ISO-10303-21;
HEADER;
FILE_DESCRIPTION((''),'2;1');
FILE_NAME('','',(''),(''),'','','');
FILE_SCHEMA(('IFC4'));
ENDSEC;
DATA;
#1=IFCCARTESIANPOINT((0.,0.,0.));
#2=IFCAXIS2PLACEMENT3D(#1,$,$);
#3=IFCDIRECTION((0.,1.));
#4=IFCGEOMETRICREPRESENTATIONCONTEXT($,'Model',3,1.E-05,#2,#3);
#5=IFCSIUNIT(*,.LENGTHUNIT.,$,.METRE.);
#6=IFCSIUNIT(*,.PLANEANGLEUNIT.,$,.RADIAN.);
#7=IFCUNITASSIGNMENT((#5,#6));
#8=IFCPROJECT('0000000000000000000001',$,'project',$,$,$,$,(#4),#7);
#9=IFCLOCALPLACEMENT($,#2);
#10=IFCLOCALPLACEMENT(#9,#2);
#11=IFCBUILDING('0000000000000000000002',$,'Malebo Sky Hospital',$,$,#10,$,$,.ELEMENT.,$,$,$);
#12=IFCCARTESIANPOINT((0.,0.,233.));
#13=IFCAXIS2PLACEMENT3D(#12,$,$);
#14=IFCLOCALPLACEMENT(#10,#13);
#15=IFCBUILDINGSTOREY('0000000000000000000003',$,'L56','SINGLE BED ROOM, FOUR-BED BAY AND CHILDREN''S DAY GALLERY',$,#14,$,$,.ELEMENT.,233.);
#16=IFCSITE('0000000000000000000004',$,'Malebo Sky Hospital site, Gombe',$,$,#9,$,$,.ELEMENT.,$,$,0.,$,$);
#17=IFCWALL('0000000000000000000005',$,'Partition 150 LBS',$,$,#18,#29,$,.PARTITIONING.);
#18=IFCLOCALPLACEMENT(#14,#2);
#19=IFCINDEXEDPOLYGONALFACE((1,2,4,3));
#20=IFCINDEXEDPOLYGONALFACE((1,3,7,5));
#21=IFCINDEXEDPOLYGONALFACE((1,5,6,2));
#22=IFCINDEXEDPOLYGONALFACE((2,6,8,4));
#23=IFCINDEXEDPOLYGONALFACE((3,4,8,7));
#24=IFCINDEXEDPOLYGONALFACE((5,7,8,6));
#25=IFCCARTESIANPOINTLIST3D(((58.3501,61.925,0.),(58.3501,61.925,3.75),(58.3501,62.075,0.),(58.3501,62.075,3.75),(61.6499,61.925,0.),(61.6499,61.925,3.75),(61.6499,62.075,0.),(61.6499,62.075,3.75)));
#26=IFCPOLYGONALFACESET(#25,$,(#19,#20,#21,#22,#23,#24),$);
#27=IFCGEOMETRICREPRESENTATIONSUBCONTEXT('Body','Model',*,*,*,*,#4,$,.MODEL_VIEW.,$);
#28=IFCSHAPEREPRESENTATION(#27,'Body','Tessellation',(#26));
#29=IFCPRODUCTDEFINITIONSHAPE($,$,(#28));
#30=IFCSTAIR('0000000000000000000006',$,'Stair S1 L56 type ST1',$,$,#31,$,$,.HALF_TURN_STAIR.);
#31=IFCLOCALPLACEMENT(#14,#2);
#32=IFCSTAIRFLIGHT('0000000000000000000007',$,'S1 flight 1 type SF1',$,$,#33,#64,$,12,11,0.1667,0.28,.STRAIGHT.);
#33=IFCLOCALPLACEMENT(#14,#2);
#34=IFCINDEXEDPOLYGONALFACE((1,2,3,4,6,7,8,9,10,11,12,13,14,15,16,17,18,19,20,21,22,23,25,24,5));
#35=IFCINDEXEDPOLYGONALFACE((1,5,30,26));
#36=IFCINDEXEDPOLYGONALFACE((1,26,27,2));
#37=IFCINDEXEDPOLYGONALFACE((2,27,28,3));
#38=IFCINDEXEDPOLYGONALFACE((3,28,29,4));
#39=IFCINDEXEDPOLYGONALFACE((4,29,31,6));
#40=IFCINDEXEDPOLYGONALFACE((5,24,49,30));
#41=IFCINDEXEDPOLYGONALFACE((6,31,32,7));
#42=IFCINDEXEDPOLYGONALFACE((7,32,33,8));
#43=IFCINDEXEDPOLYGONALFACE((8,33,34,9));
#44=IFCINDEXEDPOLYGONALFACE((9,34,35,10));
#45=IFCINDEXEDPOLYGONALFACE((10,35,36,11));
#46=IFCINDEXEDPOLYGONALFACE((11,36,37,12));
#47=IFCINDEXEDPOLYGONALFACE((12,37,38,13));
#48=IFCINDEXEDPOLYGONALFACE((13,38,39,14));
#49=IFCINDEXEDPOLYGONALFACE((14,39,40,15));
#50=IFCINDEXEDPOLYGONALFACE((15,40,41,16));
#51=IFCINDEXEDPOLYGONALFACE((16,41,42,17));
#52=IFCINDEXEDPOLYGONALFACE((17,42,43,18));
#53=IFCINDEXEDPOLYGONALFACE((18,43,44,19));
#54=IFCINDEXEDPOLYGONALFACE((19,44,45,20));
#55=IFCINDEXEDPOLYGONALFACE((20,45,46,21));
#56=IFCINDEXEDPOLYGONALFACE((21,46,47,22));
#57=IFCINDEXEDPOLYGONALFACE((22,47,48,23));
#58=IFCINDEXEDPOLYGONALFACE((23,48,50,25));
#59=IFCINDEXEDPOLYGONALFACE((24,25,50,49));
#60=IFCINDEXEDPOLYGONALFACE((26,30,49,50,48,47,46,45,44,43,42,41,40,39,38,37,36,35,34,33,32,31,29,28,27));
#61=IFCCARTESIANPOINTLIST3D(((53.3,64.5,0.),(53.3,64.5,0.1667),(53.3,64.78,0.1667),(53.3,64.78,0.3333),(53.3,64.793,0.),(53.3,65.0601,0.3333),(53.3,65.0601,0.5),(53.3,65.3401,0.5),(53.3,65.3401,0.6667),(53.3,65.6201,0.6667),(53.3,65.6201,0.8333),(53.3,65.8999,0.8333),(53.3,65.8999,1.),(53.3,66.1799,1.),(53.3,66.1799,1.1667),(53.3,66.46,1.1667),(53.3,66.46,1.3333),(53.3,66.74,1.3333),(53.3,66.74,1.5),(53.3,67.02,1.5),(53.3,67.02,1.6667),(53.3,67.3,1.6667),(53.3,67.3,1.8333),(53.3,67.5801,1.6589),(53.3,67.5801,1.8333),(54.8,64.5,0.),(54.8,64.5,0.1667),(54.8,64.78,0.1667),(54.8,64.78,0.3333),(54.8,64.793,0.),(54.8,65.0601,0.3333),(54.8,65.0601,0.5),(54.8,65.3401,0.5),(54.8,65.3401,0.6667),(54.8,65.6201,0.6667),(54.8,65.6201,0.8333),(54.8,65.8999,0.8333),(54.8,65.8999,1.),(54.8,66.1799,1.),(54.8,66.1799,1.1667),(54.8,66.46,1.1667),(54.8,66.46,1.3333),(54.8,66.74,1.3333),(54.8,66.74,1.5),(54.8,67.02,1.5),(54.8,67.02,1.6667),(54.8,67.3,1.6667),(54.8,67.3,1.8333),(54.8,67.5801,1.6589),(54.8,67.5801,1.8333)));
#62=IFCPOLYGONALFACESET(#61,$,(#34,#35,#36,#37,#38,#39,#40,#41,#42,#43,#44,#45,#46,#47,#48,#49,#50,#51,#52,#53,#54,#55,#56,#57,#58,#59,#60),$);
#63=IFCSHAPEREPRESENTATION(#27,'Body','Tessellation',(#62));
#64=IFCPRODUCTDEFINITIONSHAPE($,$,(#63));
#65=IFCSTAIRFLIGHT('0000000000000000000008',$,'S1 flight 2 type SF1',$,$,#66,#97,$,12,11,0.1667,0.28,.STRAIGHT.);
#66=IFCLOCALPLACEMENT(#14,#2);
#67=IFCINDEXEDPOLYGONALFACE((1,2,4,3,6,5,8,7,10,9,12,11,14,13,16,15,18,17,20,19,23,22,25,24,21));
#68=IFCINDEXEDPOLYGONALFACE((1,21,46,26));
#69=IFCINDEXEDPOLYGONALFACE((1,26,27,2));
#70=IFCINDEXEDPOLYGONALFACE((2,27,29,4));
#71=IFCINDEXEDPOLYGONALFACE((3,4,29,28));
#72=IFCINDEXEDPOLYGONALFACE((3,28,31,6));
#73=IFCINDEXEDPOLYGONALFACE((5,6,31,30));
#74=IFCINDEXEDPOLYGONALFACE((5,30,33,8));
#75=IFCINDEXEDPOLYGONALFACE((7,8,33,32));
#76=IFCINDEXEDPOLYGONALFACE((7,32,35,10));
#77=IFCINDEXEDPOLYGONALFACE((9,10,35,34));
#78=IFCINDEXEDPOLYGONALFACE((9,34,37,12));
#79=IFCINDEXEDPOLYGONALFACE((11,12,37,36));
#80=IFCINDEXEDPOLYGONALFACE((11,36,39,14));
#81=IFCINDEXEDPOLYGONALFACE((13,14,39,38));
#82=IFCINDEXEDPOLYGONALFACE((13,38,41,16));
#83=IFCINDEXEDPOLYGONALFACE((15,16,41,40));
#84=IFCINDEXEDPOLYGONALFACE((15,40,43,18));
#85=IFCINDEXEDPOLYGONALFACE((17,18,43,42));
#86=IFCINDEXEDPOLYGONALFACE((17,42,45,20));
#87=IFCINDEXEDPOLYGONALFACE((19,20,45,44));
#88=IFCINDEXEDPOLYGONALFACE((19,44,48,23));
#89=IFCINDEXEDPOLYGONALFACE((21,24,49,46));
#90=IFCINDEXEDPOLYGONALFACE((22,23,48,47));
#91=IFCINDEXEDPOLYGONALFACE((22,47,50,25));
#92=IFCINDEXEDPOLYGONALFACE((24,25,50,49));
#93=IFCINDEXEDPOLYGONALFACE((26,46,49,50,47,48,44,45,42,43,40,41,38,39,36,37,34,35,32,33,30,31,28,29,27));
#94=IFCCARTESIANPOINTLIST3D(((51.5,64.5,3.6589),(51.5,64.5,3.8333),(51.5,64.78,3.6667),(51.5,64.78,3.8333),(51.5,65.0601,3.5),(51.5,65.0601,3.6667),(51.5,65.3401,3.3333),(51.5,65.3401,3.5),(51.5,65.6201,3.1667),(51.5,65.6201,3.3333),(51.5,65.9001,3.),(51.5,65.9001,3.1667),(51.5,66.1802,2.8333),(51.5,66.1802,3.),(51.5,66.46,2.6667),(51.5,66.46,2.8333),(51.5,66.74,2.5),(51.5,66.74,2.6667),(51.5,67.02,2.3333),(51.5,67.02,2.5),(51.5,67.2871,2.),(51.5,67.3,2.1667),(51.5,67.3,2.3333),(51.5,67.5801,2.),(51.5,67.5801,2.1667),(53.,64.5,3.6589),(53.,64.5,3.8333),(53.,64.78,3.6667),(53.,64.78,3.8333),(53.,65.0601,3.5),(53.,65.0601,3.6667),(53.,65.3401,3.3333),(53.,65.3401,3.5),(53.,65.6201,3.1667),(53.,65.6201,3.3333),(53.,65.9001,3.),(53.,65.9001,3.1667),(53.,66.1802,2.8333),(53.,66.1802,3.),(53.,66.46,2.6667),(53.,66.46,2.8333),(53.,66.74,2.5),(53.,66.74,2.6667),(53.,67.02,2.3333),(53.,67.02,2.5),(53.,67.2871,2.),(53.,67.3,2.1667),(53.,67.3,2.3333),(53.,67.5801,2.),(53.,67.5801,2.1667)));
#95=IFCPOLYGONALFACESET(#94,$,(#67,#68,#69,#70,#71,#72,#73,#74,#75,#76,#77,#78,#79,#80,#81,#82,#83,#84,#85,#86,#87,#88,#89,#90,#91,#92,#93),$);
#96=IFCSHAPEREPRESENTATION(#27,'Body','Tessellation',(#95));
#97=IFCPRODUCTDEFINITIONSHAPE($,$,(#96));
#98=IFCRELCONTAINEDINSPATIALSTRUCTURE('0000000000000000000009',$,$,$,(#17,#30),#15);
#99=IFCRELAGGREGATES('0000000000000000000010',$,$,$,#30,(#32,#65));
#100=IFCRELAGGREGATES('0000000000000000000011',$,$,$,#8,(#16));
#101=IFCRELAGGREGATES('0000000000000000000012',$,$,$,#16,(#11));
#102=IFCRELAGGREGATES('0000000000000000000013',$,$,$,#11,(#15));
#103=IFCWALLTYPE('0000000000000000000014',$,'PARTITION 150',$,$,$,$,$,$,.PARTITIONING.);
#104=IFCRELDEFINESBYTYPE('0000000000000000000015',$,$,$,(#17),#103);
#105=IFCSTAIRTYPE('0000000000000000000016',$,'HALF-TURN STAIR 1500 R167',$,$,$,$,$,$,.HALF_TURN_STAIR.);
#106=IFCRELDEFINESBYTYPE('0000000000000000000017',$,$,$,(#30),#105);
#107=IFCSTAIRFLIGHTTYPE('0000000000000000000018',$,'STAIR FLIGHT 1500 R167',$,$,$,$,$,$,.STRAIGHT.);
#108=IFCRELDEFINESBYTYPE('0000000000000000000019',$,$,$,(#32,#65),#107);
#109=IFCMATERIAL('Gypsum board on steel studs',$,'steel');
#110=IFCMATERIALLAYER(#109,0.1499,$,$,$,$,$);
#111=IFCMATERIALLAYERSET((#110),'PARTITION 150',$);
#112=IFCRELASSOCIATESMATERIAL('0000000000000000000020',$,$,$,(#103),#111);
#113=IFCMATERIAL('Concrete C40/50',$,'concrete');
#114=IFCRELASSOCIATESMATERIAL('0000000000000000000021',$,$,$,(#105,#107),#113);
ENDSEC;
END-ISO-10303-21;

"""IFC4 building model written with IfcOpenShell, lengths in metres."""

from ifc_helpers import new_model, si_unit, direction, frame, frame_2d, origin, place, context, subcontext, project, spatial, polyline, rectangle, outline, extrude, material, layer, layer_set, type_object, element, aggregate, save


model = new_model("IFC4")

# Units and contexts
model_context = context("Model", 3, precision=1e-05, world=origin(), true_north=direction((0.0, 1.0)))
body_context = subcontext(model_context, "Body", "Model", "MODEL_VIEW")
ifc_project = project(units=[si_unit("LENGTHUNIT", "METRE"), si_unit("PLANEANGLEUNIT", "RADIAN")], contexts=[model_context])

# Site, building, storey
site_placement = place(None, origin())
site = spatial("IfcSite", under=ifc_project, at=site_placement, Name="Malebo Sky Hospital site, Gombe", CompositionType="ELEMENT", RefElevation=0.0)
building_placement = place(site_placement, origin())
building = spatial("IfcBuilding", under=site, at=building_placement, Name="Malebo Sky Hospital", CompositionType="ELEMENT")
storey_placement = place(building_placement, frame((0.0, 0.0, 233.0)))
storey = spatial("IfcBuildingStorey", under=building, at=storey_placement, Name="L56", Description="SINGLE BED ROOM, FOUR-BED BAY AND CHILDREN'S DAY GALLERY", CompositionType="ELEMENT", Elevation=233.0)

# Shared definitions
ifc_material_1 = material(Name="Gypsum board on steel studs", Category="steel")
ifc_layer_1 = layer(ifc_material_1, 0.1499)
ifc_layer_set_1 = layer_set([ifc_layer_1], Name="PARTITION 150")
wall_type_1 = type_object("IfcWallType", Name="PARTITION 150", PredefinedType="PARTITIONING", material=ifc_layer_set_1)

# Wall
wall_1_placement = place(storey_placement, frame((58.3501, 62.0, 0.0), z_axis=(0.0, 0.0, 1.0), x_axis=(1.0, 0.0, 0.0)))
element("IfcWall", 1, at=wall_1_placement, inside=storey, type_object=wall_type_1, Name="Partition 150 LBS", PredefinedType="PARTITIONING", context=body_context, shape_type="SweptSolid", body=[
    extrude(rectangle(XDim=3.2998, YDim=0.1499, at=frame_2d((1.6499, 0.0))), origin(), (0.0, 0.0, 1.0), 3.75),
])

# Stair, stair flights
ifc_material_2 = material(Name="Concrete C40/50", Category="concrete")
stair_type = type_object("IfcStairType", Name="HALF-TURN STAIR 1500 R167", PredefinedType="HALF_TURN_STAIR", material=ifc_material_2)
stair_placement = place(storey_placement, origin())
stair = element("IfcStair", 2, at=stair_placement, inside=storey, type_object=stair_type, Name="Stair S1 L56 type ST1", PredefinedType="HALF_TURN_STAIR")
stair_flight_type = type_object("IfcStairFlightType", Name="STAIR FLIGHT 1500 R167", PredefinedType="STRAIGHT", material=ifc_material_2)
stair_flight_1_placement = place(storey_placement, frame((54.05, 64.5, 0.0), z_axis=(0.0, 0.0, 1.0), x_axis=(0.0, 1.0, 0.0)))
stair_flight_1 = element("IfcStairFlight", 3, at=stair_flight_1_placement, type_object=stair_flight_type, Name="S1 flight 1 type SF1", NumberOfRisers=12, NumberOfTreads=11, PredefinedType="STRAIGHT", RiserHeight=0.1667, TreadLength=0.28, context=body_context, shape_type="SweptSolid", body=[
    extrude(outline(polyline([(0.0, 0.0), (0.0, 0.1667), (0.28, 0.1667), (0.28, 0.3333), (0.5601, 0.3333), (0.5601, 0.5), (0.8401, 0.5), (0.8401, 0.6667), (1.1201, 0.6667), (1.1201, 0.8333), (1.3999, 0.8333), (1.3999, 1.0), (1.6799, 1.0), (1.6799, 1.1667), (1.96, 1.1667), (1.96, 1.3333), (2.24, 1.3333), (2.24, 1.5), (2.52, 1.5), (2.52, 1.6667), (2.8, 1.6667), (2.8, 1.8333), (3.0801, 1.8333), (3.0801, 2.0), (3.0801, 1.6589), (0.293, 0.0), (0.0, 0.0)])), frame((0.0, 0.75, 0.0), z_axis=(0.0, -1.0, 0.0), x_axis=(1.0, 0.0, 0.0)), (0.0, 0.0, 1.0), 1.5),
])
stair_flight_2_placement = place(storey_placement, frame((52.25, 67.5801, 2.0), z_axis=(0.0, 0.0, 1.0), x_axis=(0.0, -1.0, 0.0)))
stair_flight_2 = element("IfcStairFlight", 4, at=stair_flight_2_placement, type_object=stair_flight_type, Name="S1 flight 2 type SF1", NumberOfRisers=12, NumberOfTreads=11, PredefinedType="STRAIGHT", RiserHeight=0.1667, TreadLength=0.28, context=body_context, shape_type="SweptSolid", body=[
    extrude(outline(polyline([(0.0, 0.0), (0.0, 0.1667), (0.28, 0.1667), (0.28, 0.3333), (0.5601, 0.3333), (0.5601, 0.5), (0.8401, 0.5), (0.8401, 0.6667), (1.1201, 0.6667), (1.1201, 0.8333), (1.3999, 0.8333), (1.3999, 1.0), (1.6799, 1.0), (1.6799, 1.1667), (1.96, 1.1667), (1.96, 1.3333), (2.24, 1.3333), (2.24, 1.5), (2.52, 1.5), (2.52, 1.6667), (2.8, 1.6667), (2.8, 1.8333), (3.0801, 1.8333), (3.0801, 2.0), (3.0801, 1.6589), (0.293, 0.0), (0.0, 0.0)])), frame((0.0, 0.75, 0.0), z_axis=(0.0, -1.0, 0.0), x_axis=(1.0, 0.0, 0.0)), (0.0, 0.0, 1.0), 1.5),
])
aggregate(stair, [stair_flight_1, stair_flight_2])

save(model, "model.ifc")
